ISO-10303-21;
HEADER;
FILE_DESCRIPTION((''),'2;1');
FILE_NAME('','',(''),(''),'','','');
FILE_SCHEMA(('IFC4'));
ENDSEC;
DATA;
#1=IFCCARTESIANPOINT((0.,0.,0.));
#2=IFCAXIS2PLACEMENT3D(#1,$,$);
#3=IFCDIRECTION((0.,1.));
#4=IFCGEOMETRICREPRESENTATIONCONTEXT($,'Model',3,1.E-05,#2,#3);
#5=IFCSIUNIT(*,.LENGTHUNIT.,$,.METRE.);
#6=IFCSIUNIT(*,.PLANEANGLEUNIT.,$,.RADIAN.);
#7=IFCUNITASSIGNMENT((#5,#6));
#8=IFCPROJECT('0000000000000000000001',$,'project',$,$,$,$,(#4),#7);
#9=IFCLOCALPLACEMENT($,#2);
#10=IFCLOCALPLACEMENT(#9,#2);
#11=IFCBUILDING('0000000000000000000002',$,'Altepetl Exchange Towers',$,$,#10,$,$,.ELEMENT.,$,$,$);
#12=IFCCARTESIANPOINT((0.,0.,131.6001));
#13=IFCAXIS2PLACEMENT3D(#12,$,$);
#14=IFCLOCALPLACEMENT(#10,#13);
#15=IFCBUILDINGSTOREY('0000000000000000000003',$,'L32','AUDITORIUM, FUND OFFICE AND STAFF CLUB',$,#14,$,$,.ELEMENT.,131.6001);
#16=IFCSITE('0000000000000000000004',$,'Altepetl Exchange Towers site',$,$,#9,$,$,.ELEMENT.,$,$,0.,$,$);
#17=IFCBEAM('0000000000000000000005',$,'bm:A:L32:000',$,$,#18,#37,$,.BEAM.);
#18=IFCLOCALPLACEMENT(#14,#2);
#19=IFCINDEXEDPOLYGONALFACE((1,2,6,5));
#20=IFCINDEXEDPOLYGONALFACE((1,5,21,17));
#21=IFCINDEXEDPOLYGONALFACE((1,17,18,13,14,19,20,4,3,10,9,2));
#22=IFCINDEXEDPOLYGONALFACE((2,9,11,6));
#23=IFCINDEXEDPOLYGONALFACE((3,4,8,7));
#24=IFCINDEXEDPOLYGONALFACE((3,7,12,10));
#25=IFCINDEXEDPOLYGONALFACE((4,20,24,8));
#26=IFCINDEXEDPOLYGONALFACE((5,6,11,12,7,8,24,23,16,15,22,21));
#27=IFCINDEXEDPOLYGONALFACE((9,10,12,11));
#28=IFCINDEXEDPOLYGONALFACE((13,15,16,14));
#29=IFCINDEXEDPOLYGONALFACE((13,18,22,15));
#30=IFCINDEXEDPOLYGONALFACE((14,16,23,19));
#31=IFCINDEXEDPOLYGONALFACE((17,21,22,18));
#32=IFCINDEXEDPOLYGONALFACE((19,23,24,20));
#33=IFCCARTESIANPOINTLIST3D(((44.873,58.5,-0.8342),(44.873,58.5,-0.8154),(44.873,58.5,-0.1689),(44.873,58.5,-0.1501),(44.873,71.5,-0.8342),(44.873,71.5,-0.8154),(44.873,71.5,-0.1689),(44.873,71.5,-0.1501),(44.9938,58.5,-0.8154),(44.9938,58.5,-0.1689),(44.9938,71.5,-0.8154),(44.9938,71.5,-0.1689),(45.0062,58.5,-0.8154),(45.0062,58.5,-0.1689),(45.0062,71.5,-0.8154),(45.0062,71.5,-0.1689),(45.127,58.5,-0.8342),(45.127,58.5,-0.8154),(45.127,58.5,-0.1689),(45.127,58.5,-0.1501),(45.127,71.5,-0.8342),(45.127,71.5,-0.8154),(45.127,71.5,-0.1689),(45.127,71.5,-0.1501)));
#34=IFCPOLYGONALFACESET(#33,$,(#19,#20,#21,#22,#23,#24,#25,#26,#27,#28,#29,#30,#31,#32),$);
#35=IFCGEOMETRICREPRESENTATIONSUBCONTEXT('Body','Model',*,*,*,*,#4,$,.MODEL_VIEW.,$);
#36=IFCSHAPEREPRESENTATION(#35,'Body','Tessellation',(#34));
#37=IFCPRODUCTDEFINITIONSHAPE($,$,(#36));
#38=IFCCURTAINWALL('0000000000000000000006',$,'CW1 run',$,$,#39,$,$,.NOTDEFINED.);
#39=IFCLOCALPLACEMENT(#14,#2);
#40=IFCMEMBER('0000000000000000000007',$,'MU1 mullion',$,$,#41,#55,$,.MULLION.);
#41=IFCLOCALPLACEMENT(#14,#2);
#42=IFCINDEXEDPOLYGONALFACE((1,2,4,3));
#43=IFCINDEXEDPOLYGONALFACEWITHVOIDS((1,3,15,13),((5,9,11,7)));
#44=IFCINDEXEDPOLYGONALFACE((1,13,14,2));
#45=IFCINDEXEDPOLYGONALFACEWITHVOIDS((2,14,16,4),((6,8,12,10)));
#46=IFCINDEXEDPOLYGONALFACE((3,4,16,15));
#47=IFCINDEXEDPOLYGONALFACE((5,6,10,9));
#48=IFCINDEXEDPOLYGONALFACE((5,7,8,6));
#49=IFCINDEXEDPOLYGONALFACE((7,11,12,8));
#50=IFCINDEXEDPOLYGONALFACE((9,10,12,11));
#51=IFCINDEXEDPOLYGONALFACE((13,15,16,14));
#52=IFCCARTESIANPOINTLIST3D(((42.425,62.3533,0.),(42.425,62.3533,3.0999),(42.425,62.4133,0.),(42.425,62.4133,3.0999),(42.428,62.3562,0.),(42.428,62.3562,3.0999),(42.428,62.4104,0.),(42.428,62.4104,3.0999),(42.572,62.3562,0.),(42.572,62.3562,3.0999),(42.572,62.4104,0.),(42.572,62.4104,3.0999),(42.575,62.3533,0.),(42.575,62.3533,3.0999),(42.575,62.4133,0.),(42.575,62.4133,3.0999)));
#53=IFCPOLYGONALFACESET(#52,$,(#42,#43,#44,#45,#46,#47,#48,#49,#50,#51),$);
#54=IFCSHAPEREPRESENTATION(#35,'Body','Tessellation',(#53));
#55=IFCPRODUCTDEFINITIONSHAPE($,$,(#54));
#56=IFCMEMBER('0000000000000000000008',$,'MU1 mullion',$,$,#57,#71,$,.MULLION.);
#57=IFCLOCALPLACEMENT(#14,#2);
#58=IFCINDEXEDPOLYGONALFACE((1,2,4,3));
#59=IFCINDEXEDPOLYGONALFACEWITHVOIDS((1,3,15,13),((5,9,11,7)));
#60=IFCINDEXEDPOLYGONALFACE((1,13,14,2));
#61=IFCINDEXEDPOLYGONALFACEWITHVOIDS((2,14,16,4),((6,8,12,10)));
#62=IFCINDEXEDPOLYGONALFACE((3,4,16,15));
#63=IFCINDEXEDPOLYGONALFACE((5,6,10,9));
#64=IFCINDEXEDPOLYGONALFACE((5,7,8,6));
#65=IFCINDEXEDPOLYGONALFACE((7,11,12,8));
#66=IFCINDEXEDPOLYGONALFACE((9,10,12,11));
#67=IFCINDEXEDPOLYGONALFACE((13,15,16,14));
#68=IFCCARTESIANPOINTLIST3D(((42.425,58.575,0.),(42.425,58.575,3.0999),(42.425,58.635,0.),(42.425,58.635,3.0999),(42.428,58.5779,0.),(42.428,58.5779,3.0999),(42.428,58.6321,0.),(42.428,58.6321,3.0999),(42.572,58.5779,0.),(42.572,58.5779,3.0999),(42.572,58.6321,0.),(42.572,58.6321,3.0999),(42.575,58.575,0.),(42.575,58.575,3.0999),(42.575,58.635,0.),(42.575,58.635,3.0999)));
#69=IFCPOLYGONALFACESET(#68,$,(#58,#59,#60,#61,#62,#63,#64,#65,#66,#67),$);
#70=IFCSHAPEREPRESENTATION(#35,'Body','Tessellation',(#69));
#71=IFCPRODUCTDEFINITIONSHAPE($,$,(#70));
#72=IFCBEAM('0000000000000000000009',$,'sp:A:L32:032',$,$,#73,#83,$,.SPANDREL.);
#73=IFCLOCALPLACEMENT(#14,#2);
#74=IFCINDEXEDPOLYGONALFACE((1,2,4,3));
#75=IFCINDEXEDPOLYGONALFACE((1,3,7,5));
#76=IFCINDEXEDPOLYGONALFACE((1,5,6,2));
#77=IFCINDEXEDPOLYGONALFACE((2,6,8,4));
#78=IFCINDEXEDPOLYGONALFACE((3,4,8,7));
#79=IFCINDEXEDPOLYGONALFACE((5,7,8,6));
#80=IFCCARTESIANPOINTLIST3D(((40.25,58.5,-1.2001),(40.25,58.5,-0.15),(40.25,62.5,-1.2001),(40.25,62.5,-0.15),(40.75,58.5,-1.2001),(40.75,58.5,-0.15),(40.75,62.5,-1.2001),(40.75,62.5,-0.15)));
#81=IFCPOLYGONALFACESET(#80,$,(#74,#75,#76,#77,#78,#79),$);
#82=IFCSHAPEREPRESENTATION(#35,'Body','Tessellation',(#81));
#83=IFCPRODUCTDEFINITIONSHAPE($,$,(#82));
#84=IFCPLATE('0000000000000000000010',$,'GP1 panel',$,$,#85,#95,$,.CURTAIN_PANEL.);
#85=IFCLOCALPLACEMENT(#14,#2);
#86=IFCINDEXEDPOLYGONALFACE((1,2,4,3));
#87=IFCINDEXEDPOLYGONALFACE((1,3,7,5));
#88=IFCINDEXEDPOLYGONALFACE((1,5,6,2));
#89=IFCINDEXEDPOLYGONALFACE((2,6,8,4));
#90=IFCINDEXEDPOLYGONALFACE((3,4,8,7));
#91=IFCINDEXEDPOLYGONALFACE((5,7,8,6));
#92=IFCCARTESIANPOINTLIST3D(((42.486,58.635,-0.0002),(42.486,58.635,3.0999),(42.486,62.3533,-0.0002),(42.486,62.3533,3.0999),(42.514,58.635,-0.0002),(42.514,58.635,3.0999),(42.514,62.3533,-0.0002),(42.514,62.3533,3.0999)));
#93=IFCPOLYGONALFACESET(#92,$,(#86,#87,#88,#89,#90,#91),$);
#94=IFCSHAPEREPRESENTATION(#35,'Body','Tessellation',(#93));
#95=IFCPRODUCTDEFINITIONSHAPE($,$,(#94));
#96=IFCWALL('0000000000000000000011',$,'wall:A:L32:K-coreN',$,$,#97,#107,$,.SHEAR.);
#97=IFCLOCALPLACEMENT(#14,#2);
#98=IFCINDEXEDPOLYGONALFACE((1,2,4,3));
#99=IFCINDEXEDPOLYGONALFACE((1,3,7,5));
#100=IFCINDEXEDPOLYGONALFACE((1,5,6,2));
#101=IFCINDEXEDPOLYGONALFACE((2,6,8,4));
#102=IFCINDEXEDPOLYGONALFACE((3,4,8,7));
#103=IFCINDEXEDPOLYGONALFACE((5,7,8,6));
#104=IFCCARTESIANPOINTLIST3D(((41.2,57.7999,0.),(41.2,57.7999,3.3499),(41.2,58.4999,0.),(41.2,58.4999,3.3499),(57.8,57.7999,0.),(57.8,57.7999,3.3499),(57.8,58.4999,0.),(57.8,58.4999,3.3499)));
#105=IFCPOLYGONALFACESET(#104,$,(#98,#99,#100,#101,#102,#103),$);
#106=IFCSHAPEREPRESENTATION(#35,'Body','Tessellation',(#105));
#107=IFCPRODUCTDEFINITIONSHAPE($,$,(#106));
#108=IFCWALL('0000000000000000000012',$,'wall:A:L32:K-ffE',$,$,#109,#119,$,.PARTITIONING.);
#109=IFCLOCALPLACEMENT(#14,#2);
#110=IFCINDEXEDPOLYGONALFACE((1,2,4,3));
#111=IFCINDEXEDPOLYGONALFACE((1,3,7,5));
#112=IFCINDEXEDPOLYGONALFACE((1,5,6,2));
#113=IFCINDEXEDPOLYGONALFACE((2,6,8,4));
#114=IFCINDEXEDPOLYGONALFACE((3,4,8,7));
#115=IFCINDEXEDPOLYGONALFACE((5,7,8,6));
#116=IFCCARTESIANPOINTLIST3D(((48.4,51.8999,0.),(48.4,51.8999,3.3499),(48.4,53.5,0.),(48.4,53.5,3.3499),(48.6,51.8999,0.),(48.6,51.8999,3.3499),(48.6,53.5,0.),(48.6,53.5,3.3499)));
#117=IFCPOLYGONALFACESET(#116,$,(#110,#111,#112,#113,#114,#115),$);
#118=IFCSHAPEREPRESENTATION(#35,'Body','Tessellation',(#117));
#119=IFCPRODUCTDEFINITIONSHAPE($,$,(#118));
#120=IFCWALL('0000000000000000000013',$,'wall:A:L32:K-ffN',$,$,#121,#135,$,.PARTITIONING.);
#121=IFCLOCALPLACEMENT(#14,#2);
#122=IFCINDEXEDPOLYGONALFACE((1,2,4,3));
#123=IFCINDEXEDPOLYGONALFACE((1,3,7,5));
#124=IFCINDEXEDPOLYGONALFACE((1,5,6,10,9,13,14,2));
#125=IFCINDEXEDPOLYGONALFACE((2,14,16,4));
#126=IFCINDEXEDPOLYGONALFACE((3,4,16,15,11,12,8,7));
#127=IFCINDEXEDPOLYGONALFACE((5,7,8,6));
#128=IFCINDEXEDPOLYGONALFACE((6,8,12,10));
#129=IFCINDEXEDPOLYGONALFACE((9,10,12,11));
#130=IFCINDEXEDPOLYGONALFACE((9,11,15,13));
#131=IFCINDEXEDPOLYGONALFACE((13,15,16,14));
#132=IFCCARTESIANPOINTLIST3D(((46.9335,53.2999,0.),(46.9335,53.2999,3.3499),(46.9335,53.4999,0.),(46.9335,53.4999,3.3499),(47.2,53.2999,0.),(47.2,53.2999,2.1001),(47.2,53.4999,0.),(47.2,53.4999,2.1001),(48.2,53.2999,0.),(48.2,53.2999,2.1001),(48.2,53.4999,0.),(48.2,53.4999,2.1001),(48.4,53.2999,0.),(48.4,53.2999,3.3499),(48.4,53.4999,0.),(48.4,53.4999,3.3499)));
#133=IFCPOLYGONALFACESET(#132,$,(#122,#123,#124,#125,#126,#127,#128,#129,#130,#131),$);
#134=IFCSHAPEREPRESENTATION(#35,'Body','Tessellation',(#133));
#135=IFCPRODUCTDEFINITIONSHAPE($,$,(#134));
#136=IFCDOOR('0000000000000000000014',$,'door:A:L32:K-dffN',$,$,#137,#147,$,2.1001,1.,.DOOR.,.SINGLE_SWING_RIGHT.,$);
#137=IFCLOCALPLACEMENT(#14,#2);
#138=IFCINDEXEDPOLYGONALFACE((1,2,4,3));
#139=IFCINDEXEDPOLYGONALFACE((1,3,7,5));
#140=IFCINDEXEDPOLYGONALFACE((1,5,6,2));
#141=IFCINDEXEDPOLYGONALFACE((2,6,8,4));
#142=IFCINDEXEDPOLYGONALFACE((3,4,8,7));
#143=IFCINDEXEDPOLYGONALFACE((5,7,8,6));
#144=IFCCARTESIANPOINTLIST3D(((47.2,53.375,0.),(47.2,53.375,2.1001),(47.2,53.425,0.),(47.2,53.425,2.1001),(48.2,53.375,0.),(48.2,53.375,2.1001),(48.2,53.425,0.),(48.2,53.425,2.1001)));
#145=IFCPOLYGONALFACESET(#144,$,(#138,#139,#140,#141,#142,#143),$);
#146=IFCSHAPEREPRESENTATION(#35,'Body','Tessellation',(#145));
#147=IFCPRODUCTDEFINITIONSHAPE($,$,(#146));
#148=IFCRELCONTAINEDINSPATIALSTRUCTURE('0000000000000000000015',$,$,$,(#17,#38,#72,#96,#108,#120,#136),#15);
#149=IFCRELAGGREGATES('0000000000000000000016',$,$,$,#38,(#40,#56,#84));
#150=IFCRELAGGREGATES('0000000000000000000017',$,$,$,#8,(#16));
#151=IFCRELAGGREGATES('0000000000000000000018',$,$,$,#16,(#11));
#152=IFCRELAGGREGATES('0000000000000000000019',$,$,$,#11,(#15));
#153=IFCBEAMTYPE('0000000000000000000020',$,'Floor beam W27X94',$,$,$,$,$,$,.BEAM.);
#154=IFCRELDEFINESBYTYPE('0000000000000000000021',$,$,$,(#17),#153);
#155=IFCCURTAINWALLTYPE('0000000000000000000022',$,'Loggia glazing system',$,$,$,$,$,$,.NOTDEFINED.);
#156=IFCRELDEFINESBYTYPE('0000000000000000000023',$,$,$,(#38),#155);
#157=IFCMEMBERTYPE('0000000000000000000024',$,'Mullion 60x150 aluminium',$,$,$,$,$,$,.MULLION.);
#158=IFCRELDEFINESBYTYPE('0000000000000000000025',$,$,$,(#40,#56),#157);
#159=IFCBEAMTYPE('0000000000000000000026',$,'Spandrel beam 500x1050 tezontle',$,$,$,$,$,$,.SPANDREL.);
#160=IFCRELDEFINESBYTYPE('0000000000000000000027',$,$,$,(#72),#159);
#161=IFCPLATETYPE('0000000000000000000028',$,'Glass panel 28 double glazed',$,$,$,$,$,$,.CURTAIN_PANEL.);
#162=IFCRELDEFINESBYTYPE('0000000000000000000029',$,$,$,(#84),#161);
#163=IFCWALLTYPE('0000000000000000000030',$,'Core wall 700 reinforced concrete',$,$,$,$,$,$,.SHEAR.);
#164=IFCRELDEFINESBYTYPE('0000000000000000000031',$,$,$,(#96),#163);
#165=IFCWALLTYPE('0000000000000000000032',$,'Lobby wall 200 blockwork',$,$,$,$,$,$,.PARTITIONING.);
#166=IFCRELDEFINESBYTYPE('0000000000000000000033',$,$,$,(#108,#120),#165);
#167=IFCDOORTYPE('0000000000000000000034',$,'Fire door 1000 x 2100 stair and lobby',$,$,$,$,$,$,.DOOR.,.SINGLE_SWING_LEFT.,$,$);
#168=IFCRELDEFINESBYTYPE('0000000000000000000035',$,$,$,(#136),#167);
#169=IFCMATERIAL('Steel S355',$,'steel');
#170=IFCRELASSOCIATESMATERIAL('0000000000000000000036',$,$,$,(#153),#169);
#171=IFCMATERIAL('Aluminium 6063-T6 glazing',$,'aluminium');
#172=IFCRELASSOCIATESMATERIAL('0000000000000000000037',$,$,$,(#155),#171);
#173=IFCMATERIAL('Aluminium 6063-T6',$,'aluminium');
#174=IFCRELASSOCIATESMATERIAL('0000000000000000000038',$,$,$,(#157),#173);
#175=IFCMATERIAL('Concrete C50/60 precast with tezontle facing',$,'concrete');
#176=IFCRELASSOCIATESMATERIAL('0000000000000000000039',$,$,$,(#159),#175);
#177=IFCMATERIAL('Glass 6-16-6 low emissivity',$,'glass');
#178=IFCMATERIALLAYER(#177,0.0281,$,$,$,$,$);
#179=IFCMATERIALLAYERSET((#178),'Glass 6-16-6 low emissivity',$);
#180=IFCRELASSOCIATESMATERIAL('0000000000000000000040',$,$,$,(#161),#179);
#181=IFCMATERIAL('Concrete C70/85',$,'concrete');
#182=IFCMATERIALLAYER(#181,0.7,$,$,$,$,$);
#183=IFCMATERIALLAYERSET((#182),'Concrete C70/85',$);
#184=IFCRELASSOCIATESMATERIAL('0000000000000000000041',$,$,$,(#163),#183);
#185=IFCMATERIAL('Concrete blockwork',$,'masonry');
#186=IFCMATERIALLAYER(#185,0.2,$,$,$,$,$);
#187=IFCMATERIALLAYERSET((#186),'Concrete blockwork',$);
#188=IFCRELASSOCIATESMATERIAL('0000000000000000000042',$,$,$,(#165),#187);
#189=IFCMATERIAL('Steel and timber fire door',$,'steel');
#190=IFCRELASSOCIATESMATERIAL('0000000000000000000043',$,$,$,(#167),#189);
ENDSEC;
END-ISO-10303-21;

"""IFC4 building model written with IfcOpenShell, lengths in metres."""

from ifc_helpers import new_model, si_unit, direction, frame, frame_2d, origin, origin_2d, place, context, subcontext, project, spatial, rectangle, hollow_rectangle, i_section, extrude, material, layer, layer_set, material_profile, profile_set, type_object, element, fill, aggregate, save


model = new_model("IFC4")

# Units and contexts
model_context = context("Model", 3, precision=1e-05, world=origin(), true_north=direction((0.0, 1.0)))
body_context = subcontext(model_context, "Body", "Model", "MODEL_VIEW")
ifc_project = project(units=[si_unit("LENGTHUNIT", "METRE"), si_unit("PLANEANGLEUNIT", "RADIAN")], contexts=[model_context])

# Site, building, storey
site_placement = place(None, origin())
site = spatial("IfcSite", under=ifc_project, at=site_placement, Name="Altepetl Exchange Towers site", CompositionType="ELEMENT", RefElevation=0.0)
building_placement = place(site_placement, origin())
building = spatial("IfcBuilding", under=site, at=building_placement, Name="Altepetl Exchange Towers", CompositionType="ELEMENT")
storey_placement = place(building_placement, frame((0.0, 0.0, 131.6001)))
storey = spatial("IfcBuildingStorey", under=building, at=storey_placement, Name="L32", Description="AUDITORIUM, FUND OFFICE AND STAFF CLUB", CompositionType="ELEMENT", Elevation=131.6001)

# Beam
ifc_material_1 = material(Name="Steel S355", Category="steel")
ifc_material_profile_1 = material_profile(ifc_material_1, i_section(OverallWidth=0.2539, OverallDepth=0.6841, WebThickness=0.0125, FlangeThickness=0.0188, at=origin_2d()), Name="W27X94")
ifc_profile_set_1 = profile_set([ifc_material_profile_1], Name="Steel S355")
beam_type_1 = type_object("IfcBeamType", Name="Floor beam W27X94", PredefinedType="BEAM", material=ifc_profile_set_1)
beam_1_placement = place(storey_placement, frame((45.0, 58.5, -0.4922), z_axis=(0.0, 1.0, 0.0), x_axis=(-1.0, 0.0, 0.0)))
element("IfcBeam", 1, at=beam_1_placement, inside=storey, type_object=beam_type_1, Name="bm:A:L32:000", PredefinedType="BEAM", context=body_context, shape_type="SweptSolid", body=[
    extrude(i_section(OverallWidth=0.2539, OverallDepth=0.6841, WebThickness=0.0125, FlangeThickness=0.0188, at=origin_2d()), origin(), (0.0, 0.0, 1.0), 13.0),
])

# Curtain wall, members
ifc_material_2 = material(Name="Aluminium 6063-T6 glazing", Category="aluminium")
curtain_wall_type = type_object("IfcCurtainWallType", Name="Loggia glazing system", PredefinedType="NOTDEFINED", material=ifc_material_2)
curtain_wall_placement = place(storey_placement, origin())
curtain_wall = element("IfcCurtainWall", 2, at=curtain_wall_placement, inside=storey, type_object=curtain_wall_type, Name="CW1 run", PredefinedType="NOTDEFINED")
ifc_material_3 = material(Name="Aluminium 6063-T6", Category="aluminium")
ifc_material_profile_2 = material_profile(ifc_material_3, hollow_rectangle(XDim=0.0601, YDim=0.1499, WallThickness=0.0029, at=origin_2d()), Name="Mullion 60x150 aluminium")
ifc_profile_set_2 = profile_set([ifc_material_profile_2], Name="Aluminium 6063-T6")
member_type = type_object("IfcMemberType", Name="Mullion 60x150 aluminium", PredefinedType="MULLION", material=ifc_profile_set_2)
member_1_placement = place(storey_placement, frame((42.5, 62.3833, 0.0), z_axis=(0.0, 0.0, 1.0), x_axis=(0.0, -1.0, 0.0)))
member_1 = element("IfcMember", 3, at=member_1_placement, type_object=member_type, Name="MU1 mullion", PredefinedType="MULLION", context=body_context, shape_type="SweptSolid", body=[
    extrude(hollow_rectangle(XDim=0.0601, YDim=0.1499, WallThickness=0.0029, at=origin_2d()), origin(), (0.0, 0.0, 1.0), 3.0999),
])
member_2_placement = place(storey_placement, frame((42.5, 58.605, 0.0), z_axis=(0.0, 0.0, 1.0), x_axis=(0.0, -1.0, 0.0)))
member_2 = element("IfcMember", 4, at=member_2_placement, type_object=member_type, Name="MU1 mullion", PredefinedType="MULLION", context=body_context, shape_type="SweptSolid", body=[
    extrude(hollow_rectangle(XDim=0.0601, YDim=0.1499, WallThickness=0.0029, at=origin_2d()), origin(), (0.0, 0.0, 1.0), 3.0999),
])

# Beam
ifc_material_4 = material(Name="Concrete C50/60 precast with tezontle facing", Category="concrete")
ifc_material_profile_3 = material_profile(ifc_material_4, rectangle(XDim=0.5, YDim=1.05, at=origin_2d()), Name="500 x 1050")
ifc_profile_set_3 = profile_set([ifc_material_profile_3], Name="Concrete C50/60 precast with tezontle facing")
beam_type_2 = type_object("IfcBeamType", Name="Spandrel beam 500x1050 tezontle", PredefinedType="SPANDREL", material=ifc_profile_set_3)
beam_2_placement = place(storey_placement, frame((40.5, 62.5, -0.675), z_axis=(0.0, -1.0, 0.0), x_axis=(1.0, 0.0, 0.0)))
element("IfcBeam", 5, at=beam_2_placement, inside=storey, type_object=beam_type_2, Name="sp:A:L32:032", PredefinedType="SPANDREL", context=body_context, shape_type="SweptSolid", body=[
    extrude(rectangle(XDim=0.5, YDim=1.05, at=origin_2d()), origin(), (0.0, 0.0, 1.0), 4.0),
])

# Plate
ifc_material_5 = material(Name="Glass 6-16-6 low emissivity", Category="glass")
ifc_layer_1 = layer(ifc_material_5, 0.0281)
ifc_layer_set_1 = layer_set([ifc_layer_1], Name="Glass 6-16-6 low emissivity")
plate_type = type_object("IfcPlateType", Name="Glass panel 28 double glazed", PredefinedType="CURTAIN_PANEL", material=ifc_layer_set_1)
plate_placement = place(storey_placement, frame((42.5, 60.4941, -0.0002), z_axis=(0.0, 0.0, 1.0), x_axis=(0.0, -1.0, 0.0)))
plate = element("IfcPlate", 6, at=plate_placement, type_object=plate_type, Name="GP1 panel", PredefinedType="CURTAIN_PANEL", context=body_context, shape_type="SweptSolid", body=[
    extrude(rectangle(XDim=3.7183, YDim=0.0281, at=origin_2d()), origin(), (0.0, 0.0, 1.0), 3.1001),
])
aggregate(curtain_wall, [member_1, member_2, plate])

# Walls
ifc_material_6 = material(Name="Concrete C70/85", Category="concrete")
ifc_layer_2 = layer(ifc_material_6, 0.7)
ifc_layer_set_2 = layer_set([ifc_layer_2], Name="Concrete C70/85")
wall_type_1 = type_object("IfcWallType", Name="Core wall 700 reinforced concrete", PredefinedType="SHEAR", material=ifc_layer_set_2)
wall_1_placement = place(storey_placement, frame((41.2, 58.1499, 0.0)))
element("IfcWall", 7, at=wall_1_placement, inside=storey, type_object=wall_type_1, Name="wall:A:L32:K-coreN", PredefinedType="SHEAR", context=body_context, shape_type="SweptSolid", body=[
    extrude(rectangle(XDim=16.6001, YDim=0.7, at=frame_2d((8.3, 0.0))), origin(), (0.0, 0.0, 1.0), 3.3499),
])
ifc_material_7 = material(Name="Concrete blockwork", Category="masonry")
ifc_layer_3 = layer(ifc_material_7, 0.2)
ifc_layer_set_3 = layer_set([ifc_layer_3], Name="Concrete blockwork")
wall_type_2 = type_object("IfcWallType", Name="Lobby wall 200 blockwork", PredefinedType="PARTITIONING", material=ifc_layer_set_3)
wall_2_placement = place(storey_placement, frame((48.5, 51.8999, 0.0), z_axis=(0.0, 0.0, 1.0), x_axis=(0.0, 1.0, 0.0)))
element("IfcWall", 8, at=wall_2_placement, inside=storey, type_object=wall_type_2, Name="wall:A:L32:K-ffE", PredefinedType="PARTITIONING", context=body_context, shape_type="SweptSolid", body=[
    extrude(rectangle(XDim=1.6001, YDim=0.2, at=frame_2d((0.8, 0.0))), origin(), (0.0, 0.0, 1.0), 3.3499),
])

# Wall, opening, door
wall_3_placement = place(storey_placement, frame((46.9333, 53.3999, 0.0)))
wall_3 = element("IfcWall", 9, at=wall_3_placement, inside=storey, type_object=wall_type_2, Name="wall:A:L32:K-ffN", PredefinedType="PARTITIONING", context=body_context, shape_type="SweptSolid", body=[
    extrude(rectangle(XDim=1.4666, YDim=0.2, at=frame_2d((0.7334, 0.0))), origin(), (0.0, 0.0, 1.0), 3.3499),
])
opening_1_placement = place(wall_3_placement, frame((0.2666, 0.0, 0.0)))
opening_1 = element("IfcOpeningElement", 10, at=opening_1_placement, cuts=wall_3, PredefinedType="OPENING", context=body_context, shape_type="SweptSolid", body=[
    extrude(rectangle(XDim=1.0, YDim=2.1001, at=frame_2d((0.5, 1.05))), frame((0.0, 0.1099, 0.0), z_axis=(0.0, -1.0, 0.0), x_axis=(1.0, 0.0, 0.0)), (0.0, 0.0, 1.0), 0.22),
])
ifc_material_8 = material(Name="Steel and timber fire door", Category="steel")
door_type_1 = type_object("IfcDoorType", Name="Fire door 1000 x 2100 stair and lobby", OperationType="SINGLE_SWING_LEFT", PredefinedType="DOOR", material=ifc_material_8)
door_1_placement = place(opening_1_placement, frame((1.0, 0.0, 0.0), x_axis=(-1.0, 0.0, 0.0)))
door_1 = element("IfcDoor", 11, at=door_1_placement, inside=storey, type_object=door_type_1, Name="door:A:L32:K-dffN", OperationType="SINGLE_SWING_RIGHT", OverallHeight=2.1001, OverallWidth=1.0, PredefinedType="DOOR", context=body_context, shape_type="SweptSolid", body=[
    extrude(rectangle(XDim=1.0, YDim=2.1001, at=frame_2d((0.5, 1.05))), frame((0.0, 0.0249, 0.0), z_axis=(0.0, -1.0, 0.0), x_axis=(1.0, 0.0, 0.0)), (0.0, 0.0, 1.0), 0.05),
])
fill(opening_1, door_1)

save(model, "model.ifc")
